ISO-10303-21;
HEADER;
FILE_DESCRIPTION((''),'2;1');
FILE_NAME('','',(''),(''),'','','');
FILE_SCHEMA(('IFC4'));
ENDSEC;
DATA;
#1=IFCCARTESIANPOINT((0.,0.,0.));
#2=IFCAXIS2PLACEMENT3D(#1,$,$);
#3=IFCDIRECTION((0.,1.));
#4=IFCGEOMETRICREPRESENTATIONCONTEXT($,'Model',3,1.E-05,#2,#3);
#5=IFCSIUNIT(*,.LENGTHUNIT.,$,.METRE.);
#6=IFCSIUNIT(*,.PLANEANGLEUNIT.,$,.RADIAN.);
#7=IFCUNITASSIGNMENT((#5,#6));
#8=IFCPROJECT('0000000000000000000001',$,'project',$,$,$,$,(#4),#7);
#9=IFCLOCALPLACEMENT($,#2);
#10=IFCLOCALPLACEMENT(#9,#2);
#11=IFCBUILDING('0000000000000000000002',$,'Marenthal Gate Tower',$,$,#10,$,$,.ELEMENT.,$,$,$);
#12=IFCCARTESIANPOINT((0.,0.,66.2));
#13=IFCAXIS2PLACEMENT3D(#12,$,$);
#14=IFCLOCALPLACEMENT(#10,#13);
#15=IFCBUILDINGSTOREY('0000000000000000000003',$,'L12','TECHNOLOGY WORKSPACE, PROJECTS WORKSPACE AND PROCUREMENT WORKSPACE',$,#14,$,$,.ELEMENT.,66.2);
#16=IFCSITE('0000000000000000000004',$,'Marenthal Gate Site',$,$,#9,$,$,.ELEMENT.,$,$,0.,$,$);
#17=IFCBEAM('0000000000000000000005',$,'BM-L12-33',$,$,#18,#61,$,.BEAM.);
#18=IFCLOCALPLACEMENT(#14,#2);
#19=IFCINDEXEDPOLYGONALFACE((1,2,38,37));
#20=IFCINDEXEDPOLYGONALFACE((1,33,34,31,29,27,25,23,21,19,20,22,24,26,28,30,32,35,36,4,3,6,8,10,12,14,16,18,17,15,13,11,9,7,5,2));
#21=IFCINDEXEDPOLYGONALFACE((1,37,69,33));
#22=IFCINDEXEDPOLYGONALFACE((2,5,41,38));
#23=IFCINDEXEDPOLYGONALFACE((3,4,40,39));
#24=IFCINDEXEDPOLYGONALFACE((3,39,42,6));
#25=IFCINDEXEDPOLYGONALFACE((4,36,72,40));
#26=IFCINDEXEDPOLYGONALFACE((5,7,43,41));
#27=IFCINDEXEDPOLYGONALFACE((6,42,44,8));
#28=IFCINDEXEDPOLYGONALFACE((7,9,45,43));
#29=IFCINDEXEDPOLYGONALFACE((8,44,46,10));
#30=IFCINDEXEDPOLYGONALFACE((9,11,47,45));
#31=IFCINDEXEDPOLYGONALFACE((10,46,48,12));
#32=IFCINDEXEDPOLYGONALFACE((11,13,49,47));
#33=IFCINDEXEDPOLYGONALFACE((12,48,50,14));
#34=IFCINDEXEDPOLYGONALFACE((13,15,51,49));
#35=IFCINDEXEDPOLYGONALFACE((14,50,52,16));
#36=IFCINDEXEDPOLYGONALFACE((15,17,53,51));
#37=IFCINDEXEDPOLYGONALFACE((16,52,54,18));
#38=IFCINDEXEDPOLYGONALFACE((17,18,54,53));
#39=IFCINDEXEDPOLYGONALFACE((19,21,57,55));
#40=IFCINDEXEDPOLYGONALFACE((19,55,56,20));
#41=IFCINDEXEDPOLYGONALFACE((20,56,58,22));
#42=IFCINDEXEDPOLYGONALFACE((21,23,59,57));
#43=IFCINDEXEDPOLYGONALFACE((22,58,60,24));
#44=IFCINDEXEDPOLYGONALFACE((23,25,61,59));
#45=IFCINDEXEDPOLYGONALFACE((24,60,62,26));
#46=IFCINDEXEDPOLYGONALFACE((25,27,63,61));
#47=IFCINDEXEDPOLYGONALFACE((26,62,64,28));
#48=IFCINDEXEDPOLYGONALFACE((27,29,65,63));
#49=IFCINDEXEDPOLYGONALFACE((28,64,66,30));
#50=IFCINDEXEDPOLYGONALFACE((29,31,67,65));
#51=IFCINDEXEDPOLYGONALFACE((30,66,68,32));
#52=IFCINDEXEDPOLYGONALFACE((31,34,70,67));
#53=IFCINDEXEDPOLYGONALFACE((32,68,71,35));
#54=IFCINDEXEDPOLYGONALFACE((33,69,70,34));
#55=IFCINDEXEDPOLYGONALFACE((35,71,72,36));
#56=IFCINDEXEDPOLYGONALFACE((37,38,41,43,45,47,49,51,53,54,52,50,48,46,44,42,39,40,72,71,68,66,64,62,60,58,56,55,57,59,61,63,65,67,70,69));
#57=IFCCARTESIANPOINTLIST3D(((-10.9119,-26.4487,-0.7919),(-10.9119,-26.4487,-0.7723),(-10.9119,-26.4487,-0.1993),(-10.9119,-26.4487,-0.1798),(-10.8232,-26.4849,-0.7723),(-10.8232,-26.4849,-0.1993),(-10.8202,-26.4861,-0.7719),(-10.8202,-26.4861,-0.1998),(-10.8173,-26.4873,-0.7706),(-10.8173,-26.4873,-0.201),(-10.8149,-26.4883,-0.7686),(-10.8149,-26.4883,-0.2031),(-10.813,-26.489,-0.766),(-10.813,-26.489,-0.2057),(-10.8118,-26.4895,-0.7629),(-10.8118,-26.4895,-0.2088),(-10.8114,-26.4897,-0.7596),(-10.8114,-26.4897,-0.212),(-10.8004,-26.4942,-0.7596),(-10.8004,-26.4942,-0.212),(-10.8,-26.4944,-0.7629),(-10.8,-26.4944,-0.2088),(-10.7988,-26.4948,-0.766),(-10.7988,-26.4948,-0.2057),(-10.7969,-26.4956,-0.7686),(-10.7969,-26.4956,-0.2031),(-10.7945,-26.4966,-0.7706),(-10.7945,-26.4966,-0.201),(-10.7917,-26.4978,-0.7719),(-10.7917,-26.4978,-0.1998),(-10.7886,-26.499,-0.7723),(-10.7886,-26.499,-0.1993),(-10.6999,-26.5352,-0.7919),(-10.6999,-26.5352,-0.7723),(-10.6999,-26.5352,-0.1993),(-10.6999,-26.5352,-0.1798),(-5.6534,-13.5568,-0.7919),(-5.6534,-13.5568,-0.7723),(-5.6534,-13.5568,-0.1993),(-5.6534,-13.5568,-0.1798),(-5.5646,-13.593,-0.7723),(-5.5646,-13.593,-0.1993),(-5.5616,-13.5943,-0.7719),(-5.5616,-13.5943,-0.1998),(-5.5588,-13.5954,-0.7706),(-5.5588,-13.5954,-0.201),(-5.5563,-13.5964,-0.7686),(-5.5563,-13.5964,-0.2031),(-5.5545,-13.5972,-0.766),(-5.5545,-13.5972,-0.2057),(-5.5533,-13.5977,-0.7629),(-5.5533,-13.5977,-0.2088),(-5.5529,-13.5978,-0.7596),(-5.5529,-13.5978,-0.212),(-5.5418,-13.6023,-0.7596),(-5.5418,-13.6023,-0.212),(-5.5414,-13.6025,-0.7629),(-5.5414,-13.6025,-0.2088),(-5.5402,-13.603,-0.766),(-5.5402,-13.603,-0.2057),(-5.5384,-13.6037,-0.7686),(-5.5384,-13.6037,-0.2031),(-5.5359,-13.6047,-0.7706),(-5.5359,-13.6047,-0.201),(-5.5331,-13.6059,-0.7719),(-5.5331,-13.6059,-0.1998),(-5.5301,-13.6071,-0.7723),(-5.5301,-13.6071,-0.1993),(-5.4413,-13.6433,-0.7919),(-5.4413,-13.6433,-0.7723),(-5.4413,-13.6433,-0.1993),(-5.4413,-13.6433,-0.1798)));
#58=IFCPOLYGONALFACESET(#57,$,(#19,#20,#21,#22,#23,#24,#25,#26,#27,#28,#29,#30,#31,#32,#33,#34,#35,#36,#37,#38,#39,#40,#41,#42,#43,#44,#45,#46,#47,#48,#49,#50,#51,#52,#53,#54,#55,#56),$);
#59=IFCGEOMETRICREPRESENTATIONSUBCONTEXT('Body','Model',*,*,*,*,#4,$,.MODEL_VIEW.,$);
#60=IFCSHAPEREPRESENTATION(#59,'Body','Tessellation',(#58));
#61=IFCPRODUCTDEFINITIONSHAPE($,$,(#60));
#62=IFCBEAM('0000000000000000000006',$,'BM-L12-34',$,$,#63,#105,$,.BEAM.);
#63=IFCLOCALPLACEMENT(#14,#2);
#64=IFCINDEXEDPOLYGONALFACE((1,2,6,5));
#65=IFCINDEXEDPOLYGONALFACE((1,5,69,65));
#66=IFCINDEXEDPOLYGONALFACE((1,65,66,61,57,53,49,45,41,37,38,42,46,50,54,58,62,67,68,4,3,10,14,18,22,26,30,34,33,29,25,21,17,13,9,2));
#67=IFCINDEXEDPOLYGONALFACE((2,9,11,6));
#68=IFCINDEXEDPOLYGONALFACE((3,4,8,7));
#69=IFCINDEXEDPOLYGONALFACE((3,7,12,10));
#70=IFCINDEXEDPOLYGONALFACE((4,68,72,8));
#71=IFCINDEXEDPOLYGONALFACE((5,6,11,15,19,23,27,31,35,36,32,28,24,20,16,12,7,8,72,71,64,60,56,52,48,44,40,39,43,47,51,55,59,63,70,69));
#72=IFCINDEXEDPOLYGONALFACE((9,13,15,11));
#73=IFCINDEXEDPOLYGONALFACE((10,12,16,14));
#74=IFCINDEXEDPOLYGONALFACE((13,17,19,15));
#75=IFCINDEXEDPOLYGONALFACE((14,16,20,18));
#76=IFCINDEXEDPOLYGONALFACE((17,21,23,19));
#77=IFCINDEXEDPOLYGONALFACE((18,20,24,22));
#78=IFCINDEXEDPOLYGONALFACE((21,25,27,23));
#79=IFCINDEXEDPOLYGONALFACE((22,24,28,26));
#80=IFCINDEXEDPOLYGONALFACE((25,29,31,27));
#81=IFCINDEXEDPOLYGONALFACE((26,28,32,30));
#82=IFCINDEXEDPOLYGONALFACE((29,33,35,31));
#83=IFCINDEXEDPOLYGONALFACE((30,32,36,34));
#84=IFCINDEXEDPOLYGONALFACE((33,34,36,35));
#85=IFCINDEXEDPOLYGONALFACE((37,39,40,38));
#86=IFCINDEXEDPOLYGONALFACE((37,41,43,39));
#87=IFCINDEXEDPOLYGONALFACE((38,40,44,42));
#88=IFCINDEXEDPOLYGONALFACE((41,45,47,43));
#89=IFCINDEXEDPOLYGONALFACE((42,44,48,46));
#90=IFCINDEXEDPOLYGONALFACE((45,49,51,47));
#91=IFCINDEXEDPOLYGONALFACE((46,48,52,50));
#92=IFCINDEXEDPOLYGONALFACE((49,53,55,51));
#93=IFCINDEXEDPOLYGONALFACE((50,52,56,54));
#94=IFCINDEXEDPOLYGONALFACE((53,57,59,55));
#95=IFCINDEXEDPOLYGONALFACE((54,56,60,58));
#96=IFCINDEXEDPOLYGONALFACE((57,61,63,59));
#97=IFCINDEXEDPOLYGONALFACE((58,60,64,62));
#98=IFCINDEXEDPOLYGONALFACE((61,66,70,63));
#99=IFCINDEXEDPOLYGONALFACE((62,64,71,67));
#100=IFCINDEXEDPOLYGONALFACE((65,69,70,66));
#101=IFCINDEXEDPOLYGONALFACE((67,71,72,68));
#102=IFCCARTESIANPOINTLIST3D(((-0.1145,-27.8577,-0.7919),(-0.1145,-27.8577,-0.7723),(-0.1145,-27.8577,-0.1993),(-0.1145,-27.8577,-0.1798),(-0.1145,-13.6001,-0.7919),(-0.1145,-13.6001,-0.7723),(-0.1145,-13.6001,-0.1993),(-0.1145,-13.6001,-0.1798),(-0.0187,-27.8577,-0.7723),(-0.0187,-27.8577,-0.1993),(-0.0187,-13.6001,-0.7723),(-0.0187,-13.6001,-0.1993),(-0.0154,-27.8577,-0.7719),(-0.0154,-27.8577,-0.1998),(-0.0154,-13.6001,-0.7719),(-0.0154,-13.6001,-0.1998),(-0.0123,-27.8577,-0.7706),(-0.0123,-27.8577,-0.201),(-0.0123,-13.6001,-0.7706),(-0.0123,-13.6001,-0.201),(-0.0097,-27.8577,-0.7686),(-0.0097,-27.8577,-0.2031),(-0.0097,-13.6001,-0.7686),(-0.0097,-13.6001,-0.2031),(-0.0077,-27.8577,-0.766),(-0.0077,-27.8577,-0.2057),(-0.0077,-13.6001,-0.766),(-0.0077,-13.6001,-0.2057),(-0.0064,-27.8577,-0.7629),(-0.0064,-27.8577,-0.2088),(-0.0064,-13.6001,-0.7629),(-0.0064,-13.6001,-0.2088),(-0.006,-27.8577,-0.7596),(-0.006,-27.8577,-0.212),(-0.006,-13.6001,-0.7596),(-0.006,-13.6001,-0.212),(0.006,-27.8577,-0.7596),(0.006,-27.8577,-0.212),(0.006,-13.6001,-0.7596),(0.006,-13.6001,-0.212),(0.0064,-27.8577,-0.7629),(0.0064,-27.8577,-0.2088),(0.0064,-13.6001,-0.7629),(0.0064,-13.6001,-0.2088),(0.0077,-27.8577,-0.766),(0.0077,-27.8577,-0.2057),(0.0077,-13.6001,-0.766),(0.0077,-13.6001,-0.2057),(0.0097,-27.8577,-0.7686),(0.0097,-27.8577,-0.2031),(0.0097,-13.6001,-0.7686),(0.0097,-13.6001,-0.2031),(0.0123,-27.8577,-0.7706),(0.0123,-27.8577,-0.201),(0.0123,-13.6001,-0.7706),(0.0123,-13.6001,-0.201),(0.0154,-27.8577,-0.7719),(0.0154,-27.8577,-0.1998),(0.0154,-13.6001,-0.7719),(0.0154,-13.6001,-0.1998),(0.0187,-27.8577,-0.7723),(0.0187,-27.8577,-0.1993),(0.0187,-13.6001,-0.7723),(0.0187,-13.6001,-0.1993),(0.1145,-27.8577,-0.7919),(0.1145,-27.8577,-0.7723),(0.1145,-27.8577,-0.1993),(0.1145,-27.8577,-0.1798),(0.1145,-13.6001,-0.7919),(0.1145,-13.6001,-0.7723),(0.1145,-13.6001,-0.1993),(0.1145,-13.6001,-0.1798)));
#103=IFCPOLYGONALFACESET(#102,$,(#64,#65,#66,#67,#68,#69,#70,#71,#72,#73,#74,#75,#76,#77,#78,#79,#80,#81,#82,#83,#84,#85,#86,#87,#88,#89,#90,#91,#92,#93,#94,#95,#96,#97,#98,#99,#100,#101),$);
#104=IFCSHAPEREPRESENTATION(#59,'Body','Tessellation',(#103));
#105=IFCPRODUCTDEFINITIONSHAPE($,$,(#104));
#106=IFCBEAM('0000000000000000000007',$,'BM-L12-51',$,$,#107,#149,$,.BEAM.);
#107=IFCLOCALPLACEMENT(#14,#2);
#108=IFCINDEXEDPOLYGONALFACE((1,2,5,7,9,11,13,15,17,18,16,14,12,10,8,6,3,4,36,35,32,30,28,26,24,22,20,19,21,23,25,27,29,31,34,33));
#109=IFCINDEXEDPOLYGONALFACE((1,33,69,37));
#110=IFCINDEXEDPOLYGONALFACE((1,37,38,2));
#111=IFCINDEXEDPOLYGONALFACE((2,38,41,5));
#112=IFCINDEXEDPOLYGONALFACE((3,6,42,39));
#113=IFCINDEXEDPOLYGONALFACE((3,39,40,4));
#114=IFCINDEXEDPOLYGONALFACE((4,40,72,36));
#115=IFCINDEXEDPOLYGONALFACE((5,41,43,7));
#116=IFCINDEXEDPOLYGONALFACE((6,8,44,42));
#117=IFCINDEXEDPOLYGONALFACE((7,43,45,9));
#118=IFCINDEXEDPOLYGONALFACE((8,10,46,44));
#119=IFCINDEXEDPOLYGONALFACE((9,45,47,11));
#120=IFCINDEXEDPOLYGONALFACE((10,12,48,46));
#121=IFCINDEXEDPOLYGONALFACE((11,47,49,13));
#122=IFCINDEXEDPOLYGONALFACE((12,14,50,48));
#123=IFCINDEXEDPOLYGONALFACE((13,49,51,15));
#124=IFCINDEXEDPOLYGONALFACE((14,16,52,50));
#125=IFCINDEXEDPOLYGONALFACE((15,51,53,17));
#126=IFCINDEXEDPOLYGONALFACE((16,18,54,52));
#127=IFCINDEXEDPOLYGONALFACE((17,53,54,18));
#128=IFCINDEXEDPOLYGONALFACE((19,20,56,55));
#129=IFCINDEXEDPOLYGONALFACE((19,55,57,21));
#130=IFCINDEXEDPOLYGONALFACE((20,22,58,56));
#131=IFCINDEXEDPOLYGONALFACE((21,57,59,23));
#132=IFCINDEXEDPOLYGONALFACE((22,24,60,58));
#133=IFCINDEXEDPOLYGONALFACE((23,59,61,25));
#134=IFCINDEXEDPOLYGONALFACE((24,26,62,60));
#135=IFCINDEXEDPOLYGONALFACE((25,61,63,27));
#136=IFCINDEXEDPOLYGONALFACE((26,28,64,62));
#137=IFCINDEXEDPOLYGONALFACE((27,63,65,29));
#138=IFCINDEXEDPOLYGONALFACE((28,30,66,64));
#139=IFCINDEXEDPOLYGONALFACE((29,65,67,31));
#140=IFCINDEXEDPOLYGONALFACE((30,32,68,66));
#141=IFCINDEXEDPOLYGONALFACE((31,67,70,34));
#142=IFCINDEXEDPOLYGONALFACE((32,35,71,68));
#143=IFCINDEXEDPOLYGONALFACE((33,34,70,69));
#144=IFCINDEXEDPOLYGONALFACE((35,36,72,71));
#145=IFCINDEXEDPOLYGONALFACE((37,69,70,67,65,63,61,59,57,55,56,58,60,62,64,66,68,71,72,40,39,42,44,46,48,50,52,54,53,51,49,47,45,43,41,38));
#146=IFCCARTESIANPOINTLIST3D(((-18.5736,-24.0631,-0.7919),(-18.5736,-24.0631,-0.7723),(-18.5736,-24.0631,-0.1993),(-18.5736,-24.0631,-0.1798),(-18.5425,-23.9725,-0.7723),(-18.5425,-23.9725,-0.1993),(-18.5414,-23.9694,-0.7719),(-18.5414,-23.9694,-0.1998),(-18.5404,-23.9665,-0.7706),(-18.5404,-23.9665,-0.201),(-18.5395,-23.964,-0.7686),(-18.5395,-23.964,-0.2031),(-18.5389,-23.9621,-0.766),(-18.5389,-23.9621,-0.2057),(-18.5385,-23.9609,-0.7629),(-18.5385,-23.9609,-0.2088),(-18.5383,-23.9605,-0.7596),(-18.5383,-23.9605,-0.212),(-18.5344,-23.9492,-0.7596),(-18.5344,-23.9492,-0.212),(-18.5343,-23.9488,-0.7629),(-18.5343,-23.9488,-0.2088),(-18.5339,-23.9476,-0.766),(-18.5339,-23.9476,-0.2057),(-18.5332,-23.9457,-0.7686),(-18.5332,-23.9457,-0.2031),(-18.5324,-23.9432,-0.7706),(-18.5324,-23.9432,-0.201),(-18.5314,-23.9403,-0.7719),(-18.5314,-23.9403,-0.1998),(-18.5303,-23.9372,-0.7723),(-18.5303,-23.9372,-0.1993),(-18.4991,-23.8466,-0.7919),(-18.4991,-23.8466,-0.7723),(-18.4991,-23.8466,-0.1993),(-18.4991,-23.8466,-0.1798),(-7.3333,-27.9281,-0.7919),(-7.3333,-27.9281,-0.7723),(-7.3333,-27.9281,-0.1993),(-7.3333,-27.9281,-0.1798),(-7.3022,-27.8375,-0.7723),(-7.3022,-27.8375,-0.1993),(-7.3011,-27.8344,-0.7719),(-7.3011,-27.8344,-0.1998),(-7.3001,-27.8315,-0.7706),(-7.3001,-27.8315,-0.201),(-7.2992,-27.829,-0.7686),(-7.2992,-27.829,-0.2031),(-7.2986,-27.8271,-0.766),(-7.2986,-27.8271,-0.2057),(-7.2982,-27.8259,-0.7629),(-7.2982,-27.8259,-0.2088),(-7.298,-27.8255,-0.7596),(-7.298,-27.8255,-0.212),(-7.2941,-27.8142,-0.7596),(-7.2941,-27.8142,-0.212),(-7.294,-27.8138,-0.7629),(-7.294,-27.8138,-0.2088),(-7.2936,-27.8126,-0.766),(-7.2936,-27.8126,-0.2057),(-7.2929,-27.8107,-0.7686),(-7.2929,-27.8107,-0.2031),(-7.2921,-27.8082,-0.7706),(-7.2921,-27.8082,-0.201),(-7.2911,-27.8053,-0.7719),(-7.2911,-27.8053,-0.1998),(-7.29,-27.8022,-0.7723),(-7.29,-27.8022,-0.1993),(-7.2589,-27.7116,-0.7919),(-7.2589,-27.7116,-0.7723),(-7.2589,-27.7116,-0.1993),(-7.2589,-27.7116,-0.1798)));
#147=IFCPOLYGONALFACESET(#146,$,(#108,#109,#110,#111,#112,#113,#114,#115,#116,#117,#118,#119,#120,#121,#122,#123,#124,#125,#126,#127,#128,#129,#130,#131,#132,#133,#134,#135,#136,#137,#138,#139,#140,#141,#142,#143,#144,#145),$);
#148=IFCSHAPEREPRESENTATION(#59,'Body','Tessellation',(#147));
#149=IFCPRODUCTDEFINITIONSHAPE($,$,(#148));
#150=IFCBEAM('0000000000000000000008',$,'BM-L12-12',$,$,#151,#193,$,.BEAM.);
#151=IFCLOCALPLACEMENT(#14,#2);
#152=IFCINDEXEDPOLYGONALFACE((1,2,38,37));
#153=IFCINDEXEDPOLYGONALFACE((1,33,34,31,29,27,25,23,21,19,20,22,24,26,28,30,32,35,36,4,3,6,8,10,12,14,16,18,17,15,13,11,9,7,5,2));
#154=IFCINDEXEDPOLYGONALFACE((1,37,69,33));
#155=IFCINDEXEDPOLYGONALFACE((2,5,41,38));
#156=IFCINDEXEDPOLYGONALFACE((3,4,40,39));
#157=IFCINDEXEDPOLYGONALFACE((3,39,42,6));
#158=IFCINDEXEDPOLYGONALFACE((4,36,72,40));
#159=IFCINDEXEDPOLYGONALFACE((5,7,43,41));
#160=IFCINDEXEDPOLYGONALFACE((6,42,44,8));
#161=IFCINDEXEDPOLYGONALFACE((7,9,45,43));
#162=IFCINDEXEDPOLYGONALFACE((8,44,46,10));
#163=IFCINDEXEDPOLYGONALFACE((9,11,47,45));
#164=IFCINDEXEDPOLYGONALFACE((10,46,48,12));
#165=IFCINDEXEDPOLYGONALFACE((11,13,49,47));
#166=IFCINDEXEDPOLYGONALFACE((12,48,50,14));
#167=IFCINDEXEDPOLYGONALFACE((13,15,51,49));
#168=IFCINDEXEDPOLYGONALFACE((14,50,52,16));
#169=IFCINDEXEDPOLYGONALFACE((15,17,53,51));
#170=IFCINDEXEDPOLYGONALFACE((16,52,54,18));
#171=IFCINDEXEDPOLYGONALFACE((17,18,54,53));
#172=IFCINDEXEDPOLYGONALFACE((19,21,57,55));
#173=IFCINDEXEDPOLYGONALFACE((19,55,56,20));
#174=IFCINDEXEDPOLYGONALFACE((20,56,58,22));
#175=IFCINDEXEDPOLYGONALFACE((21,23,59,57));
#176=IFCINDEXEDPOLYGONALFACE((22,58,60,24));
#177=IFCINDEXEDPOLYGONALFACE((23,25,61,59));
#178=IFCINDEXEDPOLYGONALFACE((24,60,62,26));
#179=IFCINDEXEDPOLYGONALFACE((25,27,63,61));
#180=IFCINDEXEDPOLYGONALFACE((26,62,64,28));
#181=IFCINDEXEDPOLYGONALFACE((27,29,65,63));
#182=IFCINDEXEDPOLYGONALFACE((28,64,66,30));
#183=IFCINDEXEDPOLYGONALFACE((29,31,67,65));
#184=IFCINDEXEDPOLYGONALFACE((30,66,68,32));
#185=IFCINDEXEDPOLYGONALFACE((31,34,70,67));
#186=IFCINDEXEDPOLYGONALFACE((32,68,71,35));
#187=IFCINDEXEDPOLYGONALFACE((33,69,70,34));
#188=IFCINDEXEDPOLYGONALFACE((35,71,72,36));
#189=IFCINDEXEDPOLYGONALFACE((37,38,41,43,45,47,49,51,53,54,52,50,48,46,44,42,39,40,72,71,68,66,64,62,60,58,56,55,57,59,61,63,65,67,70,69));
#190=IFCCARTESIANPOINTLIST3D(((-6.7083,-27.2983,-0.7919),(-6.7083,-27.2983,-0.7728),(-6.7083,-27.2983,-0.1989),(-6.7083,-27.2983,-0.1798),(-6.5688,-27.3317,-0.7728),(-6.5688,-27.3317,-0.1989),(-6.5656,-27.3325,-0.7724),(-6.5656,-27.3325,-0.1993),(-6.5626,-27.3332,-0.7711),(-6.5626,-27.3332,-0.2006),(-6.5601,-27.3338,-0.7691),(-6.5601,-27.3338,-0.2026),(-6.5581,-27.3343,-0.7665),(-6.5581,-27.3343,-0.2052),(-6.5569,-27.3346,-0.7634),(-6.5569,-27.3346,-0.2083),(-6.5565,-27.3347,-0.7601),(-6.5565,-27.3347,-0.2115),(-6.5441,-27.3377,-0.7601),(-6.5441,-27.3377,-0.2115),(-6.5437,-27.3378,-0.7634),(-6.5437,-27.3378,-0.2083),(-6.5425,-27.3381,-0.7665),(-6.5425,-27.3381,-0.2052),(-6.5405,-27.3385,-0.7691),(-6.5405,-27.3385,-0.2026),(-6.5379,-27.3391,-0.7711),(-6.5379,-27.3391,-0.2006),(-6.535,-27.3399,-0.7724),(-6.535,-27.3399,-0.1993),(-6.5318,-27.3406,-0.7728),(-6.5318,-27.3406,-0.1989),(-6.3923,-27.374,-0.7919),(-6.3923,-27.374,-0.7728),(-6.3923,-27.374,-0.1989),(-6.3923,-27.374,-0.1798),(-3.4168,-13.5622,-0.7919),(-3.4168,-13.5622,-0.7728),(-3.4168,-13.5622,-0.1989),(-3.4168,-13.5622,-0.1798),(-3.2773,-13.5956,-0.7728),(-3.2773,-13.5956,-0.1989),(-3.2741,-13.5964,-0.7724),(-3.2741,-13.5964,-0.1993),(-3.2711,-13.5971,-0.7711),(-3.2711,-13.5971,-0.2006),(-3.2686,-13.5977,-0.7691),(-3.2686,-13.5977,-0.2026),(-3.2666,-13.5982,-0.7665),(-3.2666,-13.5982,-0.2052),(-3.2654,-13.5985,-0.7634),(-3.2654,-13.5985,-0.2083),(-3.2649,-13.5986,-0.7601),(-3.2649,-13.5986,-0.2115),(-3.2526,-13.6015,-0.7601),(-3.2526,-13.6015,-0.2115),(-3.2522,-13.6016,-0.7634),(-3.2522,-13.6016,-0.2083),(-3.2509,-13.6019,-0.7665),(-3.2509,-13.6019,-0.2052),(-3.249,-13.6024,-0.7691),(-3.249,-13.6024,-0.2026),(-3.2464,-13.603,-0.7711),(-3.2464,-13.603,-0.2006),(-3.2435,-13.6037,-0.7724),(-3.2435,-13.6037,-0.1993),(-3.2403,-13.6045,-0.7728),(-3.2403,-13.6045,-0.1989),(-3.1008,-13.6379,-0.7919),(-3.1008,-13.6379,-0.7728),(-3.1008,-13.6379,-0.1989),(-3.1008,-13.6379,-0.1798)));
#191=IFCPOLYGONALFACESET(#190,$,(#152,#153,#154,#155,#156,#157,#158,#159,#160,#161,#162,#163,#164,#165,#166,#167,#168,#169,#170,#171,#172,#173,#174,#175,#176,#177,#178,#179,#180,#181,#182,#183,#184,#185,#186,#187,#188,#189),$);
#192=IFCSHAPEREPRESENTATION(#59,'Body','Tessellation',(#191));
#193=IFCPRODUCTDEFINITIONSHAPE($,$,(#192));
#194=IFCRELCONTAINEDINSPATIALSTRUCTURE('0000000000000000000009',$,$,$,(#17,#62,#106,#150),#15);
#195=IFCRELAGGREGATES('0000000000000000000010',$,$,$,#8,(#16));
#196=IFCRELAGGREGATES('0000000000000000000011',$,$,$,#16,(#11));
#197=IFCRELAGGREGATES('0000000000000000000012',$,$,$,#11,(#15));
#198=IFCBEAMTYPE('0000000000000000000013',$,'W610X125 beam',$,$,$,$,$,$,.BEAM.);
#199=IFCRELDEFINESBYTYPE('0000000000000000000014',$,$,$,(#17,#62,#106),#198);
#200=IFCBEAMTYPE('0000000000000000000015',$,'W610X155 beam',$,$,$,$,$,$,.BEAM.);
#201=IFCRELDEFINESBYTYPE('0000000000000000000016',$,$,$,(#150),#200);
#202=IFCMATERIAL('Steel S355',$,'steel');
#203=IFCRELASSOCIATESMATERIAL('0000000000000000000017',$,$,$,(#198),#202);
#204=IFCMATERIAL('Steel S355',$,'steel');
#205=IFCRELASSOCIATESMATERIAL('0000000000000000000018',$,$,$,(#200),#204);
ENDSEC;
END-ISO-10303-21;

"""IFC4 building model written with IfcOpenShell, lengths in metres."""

from ifc_helpers import new_model, si_unit, direction, frame, origin, origin_2d, place, context, subcontext, project, spatial, i_section, extrude, material, material_profile, profile_set, type_object, element, save


model = new_model("IFC4")

# Units and contexts
model_context = context("Model", 3, precision=1e-05, world=origin(), true_north=direction((0.0, 1.0)))
body_context = subcontext(model_context, "Body", "Model", "MODEL_VIEW")
ifc_project = project(units=[si_unit("LENGTHUNIT", "METRE"), si_unit("PLANEANGLEUNIT", "RADIAN")], contexts=[model_context])

# Site, building, storey
site_placement = place(None, origin())
site = spatial("IfcSite", under=ifc_project, at=site_placement, Name="Marenthal Gate Site", CompositionType="ELEMENT", RefElevation=0.0)
building_placement = place(site_placement, origin())
building = spatial("IfcBuilding", under=site, at=building_placement, Name="Marenthal Gate Tower", CompositionType="ELEMENT")
storey_placement = place(building_placement, frame((0.0, 0.0, 66.2)))
storey = spatial("IfcBuildingStorey", under=building, at=storey_placement, Name="L12", Description="TECHNOLOGY WORKSPACE, PROJECTS WORKSPACE AND PROCUREMENT WORKSPACE", CompositionType="ELEMENT", Elevation=66.2)

# Beams
ifc_material_1 = material(Name="Steel S355", Category="steel")
ifc_material_profile_1 = material_profile(ifc_material_1, i_section(OverallWidth=0.229, OverallDepth=0.6121, WebThickness=0.012, FlangeThickness=0.0195, FilletRadius=0.0127, at=origin_2d()), Name="W610X125")
ifc_profile_set_1 = profile_set([ifc_material_profile_1], Name="Steel S355")
beam_type_1 = type_object("IfcBeamType", Name="W610X125 beam", PredefinedType="BEAM", material=ifc_profile_set_1)
beam_1_placement = place(storey_placement, frame((-10.8059, -26.4919, -0.4858), z_axis=(0.377686, 0.925934, 0.0), x_axis=(-0.925934, 0.377686, 0.0)))
element("IfcBeam", 1, at=beam_1_placement, inside=storey, type_object=beam_type_1, Name="BM-L12-33", PredefinedType="BEAM", context=body_context, shape_type="SweptSolid", body=[
    extrude(i_section(OverallWidth=0.229, OverallDepth=0.6121, WebThickness=0.012, FlangeThickness=0.0195, FilletRadius=0.0127, at=origin_2d()), origin(), (0.0, 0.0, 1.0), 13.9231),
])
beam_2_placement = place(storey_placement, frame((0.0, -27.8577, -0.4858), z_axis=(0.0, 1.0, 0.0), x_axis=(-1.0, 0.0, 0.0)))
element("IfcBeam", 2, at=beam_2_placement, inside=storey, type_object=beam_type_1, Name="BM-L12-34", PredefinedType="BEAM", context=body_context, shape_type="SweptSolid", body=[
    extrude(i_section(OverallWidth=0.229, OverallDepth=0.6121, WebThickness=0.012, FlangeThickness=0.0195, FilletRadius=0.0127, at=origin_2d()), origin(), (0.0, 0.0, 1.0), 14.2576),
])
beam_3_placement = place(storey_placement, frame((-18.5364, -23.9548, -0.4858), z_axis=(0.945657, -0.325167, 0.0), x_axis=(0.325167, 0.945657, 0.0)))
element("IfcBeam", 3, at=beam_3_placement, inside=storey, type_object=beam_type_1, Name="BM-L12-51", PredefinedType="BEAM", context=body_context, shape_type="SweptSolid", body=[
    extrude(i_section(OverallWidth=0.229, OverallDepth=0.6121, WebThickness=0.012, FlangeThickness=0.0195, FilletRadius=0.0127, at=origin_2d()), origin(), (0.0, 0.0, 1.0), 11.8862),
])
ifc_material_2 = material(Name="Steel S355", Category="steel")
ifc_material_profile_2 = material_profile(ifc_material_2, i_section(OverallWidth=0.325, OverallDepth=0.6121, WebThickness=0.0127, FlangeThickness=0.019, FilletRadius=0.0127, at=origin_2d()), Name="W610X155")
ifc_profile_set_2 = profile_set([ifc_material_profile_2], Name="Steel S355")
beam_type_2 = type_object("IfcBeamType", Name="W610X155 beam", PredefinedType="BEAM", material=ifc_profile_set_2)
beam_4_placement = place(storey_placement, frame((-6.5503, -27.3362, -0.4858), z_axis=(0.233028, 0.97247, 0.0), x_axis=(-0.97247, 0.233028, 0.0)))
element("IfcBeam", 4, at=beam_4_placement, inside=storey, type_object=beam_type_2, Name="BM-L12-12", PredefinedType="BEAM", context=body_context, shape_type="SweptSolid", body=[
    extrude(i_section(OverallWidth=0.325, OverallDepth=0.6121, WebThickness=0.0127, FlangeThickness=0.019, FilletRadius=0.0127, at=origin_2d()), origin(), (0.0, 0.0, 1.0), 14.125),
])

save(model, "model.ifc")
